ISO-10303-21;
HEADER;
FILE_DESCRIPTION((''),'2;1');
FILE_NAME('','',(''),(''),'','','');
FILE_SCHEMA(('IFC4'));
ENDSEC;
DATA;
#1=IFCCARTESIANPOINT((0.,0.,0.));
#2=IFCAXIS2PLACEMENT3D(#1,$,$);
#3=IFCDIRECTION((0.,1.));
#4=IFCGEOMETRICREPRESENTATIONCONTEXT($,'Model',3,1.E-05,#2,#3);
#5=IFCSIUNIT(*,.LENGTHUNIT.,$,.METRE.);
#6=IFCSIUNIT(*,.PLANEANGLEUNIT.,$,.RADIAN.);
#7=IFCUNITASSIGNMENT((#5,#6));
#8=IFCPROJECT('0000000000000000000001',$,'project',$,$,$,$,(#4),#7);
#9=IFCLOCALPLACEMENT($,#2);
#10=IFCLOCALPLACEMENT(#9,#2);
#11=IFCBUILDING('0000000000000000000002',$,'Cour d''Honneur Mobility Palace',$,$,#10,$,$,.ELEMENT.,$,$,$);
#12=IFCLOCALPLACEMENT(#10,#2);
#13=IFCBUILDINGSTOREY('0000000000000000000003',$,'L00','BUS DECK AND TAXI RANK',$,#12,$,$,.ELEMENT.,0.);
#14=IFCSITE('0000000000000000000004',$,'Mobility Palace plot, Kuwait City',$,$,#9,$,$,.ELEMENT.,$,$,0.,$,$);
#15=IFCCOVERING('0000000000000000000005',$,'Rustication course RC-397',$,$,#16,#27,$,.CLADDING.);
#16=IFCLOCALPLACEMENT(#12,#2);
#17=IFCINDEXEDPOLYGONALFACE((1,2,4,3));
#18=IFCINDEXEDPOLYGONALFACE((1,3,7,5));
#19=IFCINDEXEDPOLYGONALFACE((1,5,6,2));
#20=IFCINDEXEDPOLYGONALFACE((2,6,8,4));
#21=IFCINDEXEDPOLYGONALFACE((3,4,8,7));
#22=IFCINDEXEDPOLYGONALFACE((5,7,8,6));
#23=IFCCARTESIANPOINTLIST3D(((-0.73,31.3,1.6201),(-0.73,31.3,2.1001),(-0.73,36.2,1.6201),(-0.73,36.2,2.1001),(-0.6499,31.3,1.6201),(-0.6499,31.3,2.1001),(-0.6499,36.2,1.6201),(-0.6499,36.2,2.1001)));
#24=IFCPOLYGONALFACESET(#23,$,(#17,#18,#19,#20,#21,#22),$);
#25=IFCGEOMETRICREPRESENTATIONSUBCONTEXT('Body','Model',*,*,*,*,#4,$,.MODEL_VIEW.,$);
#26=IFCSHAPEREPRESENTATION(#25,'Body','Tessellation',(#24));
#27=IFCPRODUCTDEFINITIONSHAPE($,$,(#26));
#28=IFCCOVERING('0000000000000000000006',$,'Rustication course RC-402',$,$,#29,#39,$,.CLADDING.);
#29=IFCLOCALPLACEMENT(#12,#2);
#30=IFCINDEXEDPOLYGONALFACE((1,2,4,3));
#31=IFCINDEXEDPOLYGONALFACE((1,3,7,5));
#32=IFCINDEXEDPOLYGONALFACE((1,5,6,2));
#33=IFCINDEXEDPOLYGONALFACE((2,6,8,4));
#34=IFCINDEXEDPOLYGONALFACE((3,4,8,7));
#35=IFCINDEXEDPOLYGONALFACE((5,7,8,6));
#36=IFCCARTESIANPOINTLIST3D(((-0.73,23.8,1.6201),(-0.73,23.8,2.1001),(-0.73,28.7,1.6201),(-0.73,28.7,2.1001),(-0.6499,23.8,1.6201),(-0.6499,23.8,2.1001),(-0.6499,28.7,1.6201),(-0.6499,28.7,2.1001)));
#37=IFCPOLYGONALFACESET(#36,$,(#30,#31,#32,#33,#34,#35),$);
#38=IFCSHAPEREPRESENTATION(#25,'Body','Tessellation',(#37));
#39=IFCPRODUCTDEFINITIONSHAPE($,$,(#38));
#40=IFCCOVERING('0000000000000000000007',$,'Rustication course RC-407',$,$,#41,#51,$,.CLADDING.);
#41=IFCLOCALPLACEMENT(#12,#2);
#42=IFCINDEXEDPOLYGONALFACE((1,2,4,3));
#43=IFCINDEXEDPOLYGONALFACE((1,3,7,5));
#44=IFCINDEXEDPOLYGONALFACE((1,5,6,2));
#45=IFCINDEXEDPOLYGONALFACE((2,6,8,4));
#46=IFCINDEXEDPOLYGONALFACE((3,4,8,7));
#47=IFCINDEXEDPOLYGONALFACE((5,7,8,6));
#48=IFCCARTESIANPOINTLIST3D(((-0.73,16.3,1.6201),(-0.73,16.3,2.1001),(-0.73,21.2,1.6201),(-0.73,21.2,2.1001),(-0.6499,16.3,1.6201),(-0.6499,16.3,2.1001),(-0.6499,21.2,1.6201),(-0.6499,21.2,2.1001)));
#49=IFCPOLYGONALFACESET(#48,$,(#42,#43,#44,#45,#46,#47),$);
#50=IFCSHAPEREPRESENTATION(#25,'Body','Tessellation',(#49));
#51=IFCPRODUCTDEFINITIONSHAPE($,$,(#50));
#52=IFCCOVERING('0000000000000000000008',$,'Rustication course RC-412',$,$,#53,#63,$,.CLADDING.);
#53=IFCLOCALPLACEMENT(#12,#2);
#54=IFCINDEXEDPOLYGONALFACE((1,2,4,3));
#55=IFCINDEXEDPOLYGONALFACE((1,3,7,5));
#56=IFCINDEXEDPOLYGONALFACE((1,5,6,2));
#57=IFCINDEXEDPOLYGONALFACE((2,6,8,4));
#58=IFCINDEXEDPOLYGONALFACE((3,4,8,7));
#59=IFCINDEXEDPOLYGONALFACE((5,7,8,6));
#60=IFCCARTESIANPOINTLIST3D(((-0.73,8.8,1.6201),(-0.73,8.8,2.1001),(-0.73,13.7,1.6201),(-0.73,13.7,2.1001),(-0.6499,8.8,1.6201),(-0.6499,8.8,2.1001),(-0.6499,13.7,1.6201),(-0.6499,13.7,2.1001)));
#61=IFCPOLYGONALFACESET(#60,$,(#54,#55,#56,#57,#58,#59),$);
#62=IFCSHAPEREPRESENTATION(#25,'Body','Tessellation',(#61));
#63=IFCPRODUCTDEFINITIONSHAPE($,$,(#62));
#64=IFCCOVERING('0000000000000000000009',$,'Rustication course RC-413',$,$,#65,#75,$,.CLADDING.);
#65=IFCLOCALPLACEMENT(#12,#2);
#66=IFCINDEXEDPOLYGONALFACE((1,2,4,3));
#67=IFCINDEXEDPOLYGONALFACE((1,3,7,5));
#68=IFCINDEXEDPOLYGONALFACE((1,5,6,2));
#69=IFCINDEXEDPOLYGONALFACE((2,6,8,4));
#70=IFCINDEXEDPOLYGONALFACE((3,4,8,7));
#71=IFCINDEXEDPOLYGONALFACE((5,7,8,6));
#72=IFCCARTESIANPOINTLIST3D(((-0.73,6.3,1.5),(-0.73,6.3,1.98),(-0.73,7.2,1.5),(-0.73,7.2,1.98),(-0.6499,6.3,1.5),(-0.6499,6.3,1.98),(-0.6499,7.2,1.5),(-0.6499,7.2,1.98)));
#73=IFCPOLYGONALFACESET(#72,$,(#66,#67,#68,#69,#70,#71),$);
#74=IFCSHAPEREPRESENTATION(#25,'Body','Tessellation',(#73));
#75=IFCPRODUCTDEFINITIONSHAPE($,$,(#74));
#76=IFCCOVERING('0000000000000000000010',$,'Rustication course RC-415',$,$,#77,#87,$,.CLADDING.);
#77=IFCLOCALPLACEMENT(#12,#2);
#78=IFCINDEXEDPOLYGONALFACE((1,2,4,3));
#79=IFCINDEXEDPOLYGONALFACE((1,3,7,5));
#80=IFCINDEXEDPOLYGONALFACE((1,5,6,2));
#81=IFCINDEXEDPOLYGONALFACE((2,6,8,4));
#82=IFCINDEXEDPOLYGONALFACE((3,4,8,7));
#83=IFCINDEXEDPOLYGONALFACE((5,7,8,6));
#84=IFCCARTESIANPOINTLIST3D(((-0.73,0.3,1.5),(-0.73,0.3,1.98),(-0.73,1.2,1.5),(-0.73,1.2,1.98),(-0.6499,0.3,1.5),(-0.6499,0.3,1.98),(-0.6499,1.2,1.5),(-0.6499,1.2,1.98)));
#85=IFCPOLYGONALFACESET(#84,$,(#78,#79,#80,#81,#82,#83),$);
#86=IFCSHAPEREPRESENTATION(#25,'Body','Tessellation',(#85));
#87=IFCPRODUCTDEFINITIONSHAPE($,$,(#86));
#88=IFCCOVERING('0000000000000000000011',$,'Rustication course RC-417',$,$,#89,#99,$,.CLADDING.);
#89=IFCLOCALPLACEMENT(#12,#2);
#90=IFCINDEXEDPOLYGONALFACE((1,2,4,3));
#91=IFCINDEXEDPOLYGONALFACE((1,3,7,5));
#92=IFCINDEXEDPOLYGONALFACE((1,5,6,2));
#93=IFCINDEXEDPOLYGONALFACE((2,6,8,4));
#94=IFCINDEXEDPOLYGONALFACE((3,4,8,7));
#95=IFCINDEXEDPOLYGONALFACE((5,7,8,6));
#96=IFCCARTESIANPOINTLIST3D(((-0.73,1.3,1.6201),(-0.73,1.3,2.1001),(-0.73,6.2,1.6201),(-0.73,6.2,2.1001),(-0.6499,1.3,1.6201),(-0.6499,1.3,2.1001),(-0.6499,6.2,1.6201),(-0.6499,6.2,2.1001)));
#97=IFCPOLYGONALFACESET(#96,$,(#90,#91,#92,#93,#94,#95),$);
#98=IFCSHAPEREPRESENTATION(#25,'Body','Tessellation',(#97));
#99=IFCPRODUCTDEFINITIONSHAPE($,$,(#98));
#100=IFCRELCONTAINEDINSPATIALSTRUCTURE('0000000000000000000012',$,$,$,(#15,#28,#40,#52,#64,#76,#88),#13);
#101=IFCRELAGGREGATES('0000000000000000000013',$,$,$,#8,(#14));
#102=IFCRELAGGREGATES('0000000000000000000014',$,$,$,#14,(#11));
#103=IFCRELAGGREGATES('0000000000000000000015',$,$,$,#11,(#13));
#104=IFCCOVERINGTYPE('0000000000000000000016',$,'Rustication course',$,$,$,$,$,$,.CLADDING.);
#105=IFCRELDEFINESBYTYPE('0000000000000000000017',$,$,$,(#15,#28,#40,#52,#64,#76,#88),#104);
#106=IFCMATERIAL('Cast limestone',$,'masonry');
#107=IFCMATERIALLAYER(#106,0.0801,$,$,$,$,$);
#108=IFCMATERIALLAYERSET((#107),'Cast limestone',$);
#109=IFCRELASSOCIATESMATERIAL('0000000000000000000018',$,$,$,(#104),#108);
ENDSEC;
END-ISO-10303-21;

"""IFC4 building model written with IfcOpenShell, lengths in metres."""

from ifc_helpers import new_model, si_unit, direction, frame, origin, place, context, subcontext, project, spatial, polyline, outline, extrude, material, layer, layer_set, type_object, element, save


model = new_model("IFC4")

# Units and contexts
model_context = context("Model", 3, precision=1e-05, world=origin(), true_north=direction((0.0, 1.0)))
body_context = subcontext(model_context, "Body", "Model", "MODEL_VIEW")
ifc_project = project(units=[si_unit("LENGTHUNIT", "METRE"), si_unit("PLANEANGLEUNIT", "RADIAN")], contexts=[model_context])

# Site, building, storey
site_placement = place(None, origin())
site = spatial("IfcSite", under=ifc_project, at=site_placement, Name="Mobility Palace plot, Kuwait City", CompositionType="ELEMENT", RefElevation=0.0)
building_placement = place(site_placement, origin())
building = spatial("IfcBuilding", under=site, at=building_placement, Name="Cour d'Honneur Mobility Palace", CompositionType="ELEMENT")
storey_placement = place(building_placement, origin())
storey = spatial("IfcBuildingStorey", under=building, at=storey_placement, Name="L00", Description="BUS DECK AND TAXI RANK", CompositionType="ELEMENT", Elevation=0.0)

# Coverings
ifc_material = material(Name="Cast limestone", Category="masonry")
ifc_layer = layer(ifc_material, 0.0801)
ifc_layer_set = layer_set([ifc_layer], Name="Cast limestone")
covering_type = type_object("IfcCoveringType", Name="Rustication course", PredefinedType="CLADDING", material=ifc_layer_set)
covering_1_placement = place(storey_placement, frame((0.0, 0.0, 1.6201)))
element("IfcCovering", 1, at=covering_1_placement, inside=storey, type_object=covering_type, Name="Rustication course RC-397", PredefinedType="CLADDING", context=body_context, shape_type="SweptSolid", body=[
    extrude(outline(polyline([(-0.6499, 36.2), (-0.6499, 31.3), (-0.73, 31.3), (-0.73, 36.2), (-0.6499, 36.2)])), origin(), (0.0, 0.0, 1.0), 0.48),
])
covering_2_placement = place(storey_placement, frame((0.0, 0.0, 1.6201)))
element("IfcCovering", 2, at=covering_2_placement, inside=storey, type_object=covering_type, Name="Rustication course RC-402", PredefinedType="CLADDING", context=body_context, shape_type="SweptSolid", body=[
    extrude(outline(polyline([(-0.6499, 28.7), (-0.6499, 23.8), (-0.73, 23.8), (-0.73, 28.7), (-0.6499, 28.7)])), origin(), (0.0, 0.0, 1.0), 0.48),
])
covering_3_placement = place(storey_placement, frame((0.0, 0.0, 1.6201)))
element("IfcCovering", 3, at=covering_3_placement, inside=storey, type_object=covering_type, Name="Rustication course RC-407", PredefinedType="CLADDING", context=body_context, shape_type="SweptSolid", body=[
    extrude(outline(polyline([(-0.6499, 21.2), (-0.6499, 16.3), (-0.73, 16.3), (-0.73, 21.2), (-0.6499, 21.2)])), origin(), (0.0, 0.0, 1.0), 0.48),
])
covering_4_placement = place(storey_placement, frame((0.0, 0.0, 1.6201)))
element("IfcCovering", 4, at=covering_4_placement, inside=storey, type_object=covering_type, Name="Rustication course RC-412", PredefinedType="CLADDING", context=body_context, shape_type="SweptSolid", body=[
    extrude(outline(polyline([(-0.6499, 13.7), (-0.6499, 8.8), (-0.73, 8.8), (-0.73, 13.7), (-0.6499, 13.7)])), origin(), (0.0, 0.0, 1.0), 0.48),
])
covering_5_placement = place(storey_placement, frame((0.0, 0.0, 1.5)))
element("IfcCovering", 5, at=covering_5_placement, inside=storey, type_object=covering_type, Name="Rustication course RC-413", PredefinedType="CLADDING", context=body_context, shape_type="SweptSolid", body=[
    extrude(outline(polyline([(-0.6499, 7.2), (-0.6499, 6.3), (-0.73, 6.3), (-0.73, 7.2), (-0.6499, 7.2)])), origin(), (0.0, 0.0, 1.0), 0.48),
])
covering_6_placement = place(storey_placement, frame((0.0, 0.0, 1.5)))
element("IfcCovering", 6, at=covering_6_placement, inside=storey, type_object=covering_type, Name="Rustication course RC-415", PredefinedType="CLADDING", context=body_context, shape_type="SweptSolid", body=[
    extrude(outline(polyline([(-0.6499, 1.2), (-0.6499, 0.3), (-0.73, 0.3), (-0.73, 1.2), (-0.6499, 1.2)])), origin(), (0.0, 0.0, 1.0), 0.48),
])
covering_7_placement = place(storey_placement, frame((0.0, 0.0, 1.6201)))
element("IfcCovering", 7, at=covering_7_placement, inside=storey, type_object=covering_type, Name="Rustication course RC-417", PredefinedType="CLADDING", context=body_context, shape_type="SweptSolid", body=[
    extrude(outline(polyline([(-0.6499, 6.2), (-0.6499, 1.3), (-0.73, 1.3), (-0.73, 6.2), (-0.6499, 6.2)])), origin(), (0.0, 0.0, 1.0), 0.48),
])

save(model, "model.ifc")
